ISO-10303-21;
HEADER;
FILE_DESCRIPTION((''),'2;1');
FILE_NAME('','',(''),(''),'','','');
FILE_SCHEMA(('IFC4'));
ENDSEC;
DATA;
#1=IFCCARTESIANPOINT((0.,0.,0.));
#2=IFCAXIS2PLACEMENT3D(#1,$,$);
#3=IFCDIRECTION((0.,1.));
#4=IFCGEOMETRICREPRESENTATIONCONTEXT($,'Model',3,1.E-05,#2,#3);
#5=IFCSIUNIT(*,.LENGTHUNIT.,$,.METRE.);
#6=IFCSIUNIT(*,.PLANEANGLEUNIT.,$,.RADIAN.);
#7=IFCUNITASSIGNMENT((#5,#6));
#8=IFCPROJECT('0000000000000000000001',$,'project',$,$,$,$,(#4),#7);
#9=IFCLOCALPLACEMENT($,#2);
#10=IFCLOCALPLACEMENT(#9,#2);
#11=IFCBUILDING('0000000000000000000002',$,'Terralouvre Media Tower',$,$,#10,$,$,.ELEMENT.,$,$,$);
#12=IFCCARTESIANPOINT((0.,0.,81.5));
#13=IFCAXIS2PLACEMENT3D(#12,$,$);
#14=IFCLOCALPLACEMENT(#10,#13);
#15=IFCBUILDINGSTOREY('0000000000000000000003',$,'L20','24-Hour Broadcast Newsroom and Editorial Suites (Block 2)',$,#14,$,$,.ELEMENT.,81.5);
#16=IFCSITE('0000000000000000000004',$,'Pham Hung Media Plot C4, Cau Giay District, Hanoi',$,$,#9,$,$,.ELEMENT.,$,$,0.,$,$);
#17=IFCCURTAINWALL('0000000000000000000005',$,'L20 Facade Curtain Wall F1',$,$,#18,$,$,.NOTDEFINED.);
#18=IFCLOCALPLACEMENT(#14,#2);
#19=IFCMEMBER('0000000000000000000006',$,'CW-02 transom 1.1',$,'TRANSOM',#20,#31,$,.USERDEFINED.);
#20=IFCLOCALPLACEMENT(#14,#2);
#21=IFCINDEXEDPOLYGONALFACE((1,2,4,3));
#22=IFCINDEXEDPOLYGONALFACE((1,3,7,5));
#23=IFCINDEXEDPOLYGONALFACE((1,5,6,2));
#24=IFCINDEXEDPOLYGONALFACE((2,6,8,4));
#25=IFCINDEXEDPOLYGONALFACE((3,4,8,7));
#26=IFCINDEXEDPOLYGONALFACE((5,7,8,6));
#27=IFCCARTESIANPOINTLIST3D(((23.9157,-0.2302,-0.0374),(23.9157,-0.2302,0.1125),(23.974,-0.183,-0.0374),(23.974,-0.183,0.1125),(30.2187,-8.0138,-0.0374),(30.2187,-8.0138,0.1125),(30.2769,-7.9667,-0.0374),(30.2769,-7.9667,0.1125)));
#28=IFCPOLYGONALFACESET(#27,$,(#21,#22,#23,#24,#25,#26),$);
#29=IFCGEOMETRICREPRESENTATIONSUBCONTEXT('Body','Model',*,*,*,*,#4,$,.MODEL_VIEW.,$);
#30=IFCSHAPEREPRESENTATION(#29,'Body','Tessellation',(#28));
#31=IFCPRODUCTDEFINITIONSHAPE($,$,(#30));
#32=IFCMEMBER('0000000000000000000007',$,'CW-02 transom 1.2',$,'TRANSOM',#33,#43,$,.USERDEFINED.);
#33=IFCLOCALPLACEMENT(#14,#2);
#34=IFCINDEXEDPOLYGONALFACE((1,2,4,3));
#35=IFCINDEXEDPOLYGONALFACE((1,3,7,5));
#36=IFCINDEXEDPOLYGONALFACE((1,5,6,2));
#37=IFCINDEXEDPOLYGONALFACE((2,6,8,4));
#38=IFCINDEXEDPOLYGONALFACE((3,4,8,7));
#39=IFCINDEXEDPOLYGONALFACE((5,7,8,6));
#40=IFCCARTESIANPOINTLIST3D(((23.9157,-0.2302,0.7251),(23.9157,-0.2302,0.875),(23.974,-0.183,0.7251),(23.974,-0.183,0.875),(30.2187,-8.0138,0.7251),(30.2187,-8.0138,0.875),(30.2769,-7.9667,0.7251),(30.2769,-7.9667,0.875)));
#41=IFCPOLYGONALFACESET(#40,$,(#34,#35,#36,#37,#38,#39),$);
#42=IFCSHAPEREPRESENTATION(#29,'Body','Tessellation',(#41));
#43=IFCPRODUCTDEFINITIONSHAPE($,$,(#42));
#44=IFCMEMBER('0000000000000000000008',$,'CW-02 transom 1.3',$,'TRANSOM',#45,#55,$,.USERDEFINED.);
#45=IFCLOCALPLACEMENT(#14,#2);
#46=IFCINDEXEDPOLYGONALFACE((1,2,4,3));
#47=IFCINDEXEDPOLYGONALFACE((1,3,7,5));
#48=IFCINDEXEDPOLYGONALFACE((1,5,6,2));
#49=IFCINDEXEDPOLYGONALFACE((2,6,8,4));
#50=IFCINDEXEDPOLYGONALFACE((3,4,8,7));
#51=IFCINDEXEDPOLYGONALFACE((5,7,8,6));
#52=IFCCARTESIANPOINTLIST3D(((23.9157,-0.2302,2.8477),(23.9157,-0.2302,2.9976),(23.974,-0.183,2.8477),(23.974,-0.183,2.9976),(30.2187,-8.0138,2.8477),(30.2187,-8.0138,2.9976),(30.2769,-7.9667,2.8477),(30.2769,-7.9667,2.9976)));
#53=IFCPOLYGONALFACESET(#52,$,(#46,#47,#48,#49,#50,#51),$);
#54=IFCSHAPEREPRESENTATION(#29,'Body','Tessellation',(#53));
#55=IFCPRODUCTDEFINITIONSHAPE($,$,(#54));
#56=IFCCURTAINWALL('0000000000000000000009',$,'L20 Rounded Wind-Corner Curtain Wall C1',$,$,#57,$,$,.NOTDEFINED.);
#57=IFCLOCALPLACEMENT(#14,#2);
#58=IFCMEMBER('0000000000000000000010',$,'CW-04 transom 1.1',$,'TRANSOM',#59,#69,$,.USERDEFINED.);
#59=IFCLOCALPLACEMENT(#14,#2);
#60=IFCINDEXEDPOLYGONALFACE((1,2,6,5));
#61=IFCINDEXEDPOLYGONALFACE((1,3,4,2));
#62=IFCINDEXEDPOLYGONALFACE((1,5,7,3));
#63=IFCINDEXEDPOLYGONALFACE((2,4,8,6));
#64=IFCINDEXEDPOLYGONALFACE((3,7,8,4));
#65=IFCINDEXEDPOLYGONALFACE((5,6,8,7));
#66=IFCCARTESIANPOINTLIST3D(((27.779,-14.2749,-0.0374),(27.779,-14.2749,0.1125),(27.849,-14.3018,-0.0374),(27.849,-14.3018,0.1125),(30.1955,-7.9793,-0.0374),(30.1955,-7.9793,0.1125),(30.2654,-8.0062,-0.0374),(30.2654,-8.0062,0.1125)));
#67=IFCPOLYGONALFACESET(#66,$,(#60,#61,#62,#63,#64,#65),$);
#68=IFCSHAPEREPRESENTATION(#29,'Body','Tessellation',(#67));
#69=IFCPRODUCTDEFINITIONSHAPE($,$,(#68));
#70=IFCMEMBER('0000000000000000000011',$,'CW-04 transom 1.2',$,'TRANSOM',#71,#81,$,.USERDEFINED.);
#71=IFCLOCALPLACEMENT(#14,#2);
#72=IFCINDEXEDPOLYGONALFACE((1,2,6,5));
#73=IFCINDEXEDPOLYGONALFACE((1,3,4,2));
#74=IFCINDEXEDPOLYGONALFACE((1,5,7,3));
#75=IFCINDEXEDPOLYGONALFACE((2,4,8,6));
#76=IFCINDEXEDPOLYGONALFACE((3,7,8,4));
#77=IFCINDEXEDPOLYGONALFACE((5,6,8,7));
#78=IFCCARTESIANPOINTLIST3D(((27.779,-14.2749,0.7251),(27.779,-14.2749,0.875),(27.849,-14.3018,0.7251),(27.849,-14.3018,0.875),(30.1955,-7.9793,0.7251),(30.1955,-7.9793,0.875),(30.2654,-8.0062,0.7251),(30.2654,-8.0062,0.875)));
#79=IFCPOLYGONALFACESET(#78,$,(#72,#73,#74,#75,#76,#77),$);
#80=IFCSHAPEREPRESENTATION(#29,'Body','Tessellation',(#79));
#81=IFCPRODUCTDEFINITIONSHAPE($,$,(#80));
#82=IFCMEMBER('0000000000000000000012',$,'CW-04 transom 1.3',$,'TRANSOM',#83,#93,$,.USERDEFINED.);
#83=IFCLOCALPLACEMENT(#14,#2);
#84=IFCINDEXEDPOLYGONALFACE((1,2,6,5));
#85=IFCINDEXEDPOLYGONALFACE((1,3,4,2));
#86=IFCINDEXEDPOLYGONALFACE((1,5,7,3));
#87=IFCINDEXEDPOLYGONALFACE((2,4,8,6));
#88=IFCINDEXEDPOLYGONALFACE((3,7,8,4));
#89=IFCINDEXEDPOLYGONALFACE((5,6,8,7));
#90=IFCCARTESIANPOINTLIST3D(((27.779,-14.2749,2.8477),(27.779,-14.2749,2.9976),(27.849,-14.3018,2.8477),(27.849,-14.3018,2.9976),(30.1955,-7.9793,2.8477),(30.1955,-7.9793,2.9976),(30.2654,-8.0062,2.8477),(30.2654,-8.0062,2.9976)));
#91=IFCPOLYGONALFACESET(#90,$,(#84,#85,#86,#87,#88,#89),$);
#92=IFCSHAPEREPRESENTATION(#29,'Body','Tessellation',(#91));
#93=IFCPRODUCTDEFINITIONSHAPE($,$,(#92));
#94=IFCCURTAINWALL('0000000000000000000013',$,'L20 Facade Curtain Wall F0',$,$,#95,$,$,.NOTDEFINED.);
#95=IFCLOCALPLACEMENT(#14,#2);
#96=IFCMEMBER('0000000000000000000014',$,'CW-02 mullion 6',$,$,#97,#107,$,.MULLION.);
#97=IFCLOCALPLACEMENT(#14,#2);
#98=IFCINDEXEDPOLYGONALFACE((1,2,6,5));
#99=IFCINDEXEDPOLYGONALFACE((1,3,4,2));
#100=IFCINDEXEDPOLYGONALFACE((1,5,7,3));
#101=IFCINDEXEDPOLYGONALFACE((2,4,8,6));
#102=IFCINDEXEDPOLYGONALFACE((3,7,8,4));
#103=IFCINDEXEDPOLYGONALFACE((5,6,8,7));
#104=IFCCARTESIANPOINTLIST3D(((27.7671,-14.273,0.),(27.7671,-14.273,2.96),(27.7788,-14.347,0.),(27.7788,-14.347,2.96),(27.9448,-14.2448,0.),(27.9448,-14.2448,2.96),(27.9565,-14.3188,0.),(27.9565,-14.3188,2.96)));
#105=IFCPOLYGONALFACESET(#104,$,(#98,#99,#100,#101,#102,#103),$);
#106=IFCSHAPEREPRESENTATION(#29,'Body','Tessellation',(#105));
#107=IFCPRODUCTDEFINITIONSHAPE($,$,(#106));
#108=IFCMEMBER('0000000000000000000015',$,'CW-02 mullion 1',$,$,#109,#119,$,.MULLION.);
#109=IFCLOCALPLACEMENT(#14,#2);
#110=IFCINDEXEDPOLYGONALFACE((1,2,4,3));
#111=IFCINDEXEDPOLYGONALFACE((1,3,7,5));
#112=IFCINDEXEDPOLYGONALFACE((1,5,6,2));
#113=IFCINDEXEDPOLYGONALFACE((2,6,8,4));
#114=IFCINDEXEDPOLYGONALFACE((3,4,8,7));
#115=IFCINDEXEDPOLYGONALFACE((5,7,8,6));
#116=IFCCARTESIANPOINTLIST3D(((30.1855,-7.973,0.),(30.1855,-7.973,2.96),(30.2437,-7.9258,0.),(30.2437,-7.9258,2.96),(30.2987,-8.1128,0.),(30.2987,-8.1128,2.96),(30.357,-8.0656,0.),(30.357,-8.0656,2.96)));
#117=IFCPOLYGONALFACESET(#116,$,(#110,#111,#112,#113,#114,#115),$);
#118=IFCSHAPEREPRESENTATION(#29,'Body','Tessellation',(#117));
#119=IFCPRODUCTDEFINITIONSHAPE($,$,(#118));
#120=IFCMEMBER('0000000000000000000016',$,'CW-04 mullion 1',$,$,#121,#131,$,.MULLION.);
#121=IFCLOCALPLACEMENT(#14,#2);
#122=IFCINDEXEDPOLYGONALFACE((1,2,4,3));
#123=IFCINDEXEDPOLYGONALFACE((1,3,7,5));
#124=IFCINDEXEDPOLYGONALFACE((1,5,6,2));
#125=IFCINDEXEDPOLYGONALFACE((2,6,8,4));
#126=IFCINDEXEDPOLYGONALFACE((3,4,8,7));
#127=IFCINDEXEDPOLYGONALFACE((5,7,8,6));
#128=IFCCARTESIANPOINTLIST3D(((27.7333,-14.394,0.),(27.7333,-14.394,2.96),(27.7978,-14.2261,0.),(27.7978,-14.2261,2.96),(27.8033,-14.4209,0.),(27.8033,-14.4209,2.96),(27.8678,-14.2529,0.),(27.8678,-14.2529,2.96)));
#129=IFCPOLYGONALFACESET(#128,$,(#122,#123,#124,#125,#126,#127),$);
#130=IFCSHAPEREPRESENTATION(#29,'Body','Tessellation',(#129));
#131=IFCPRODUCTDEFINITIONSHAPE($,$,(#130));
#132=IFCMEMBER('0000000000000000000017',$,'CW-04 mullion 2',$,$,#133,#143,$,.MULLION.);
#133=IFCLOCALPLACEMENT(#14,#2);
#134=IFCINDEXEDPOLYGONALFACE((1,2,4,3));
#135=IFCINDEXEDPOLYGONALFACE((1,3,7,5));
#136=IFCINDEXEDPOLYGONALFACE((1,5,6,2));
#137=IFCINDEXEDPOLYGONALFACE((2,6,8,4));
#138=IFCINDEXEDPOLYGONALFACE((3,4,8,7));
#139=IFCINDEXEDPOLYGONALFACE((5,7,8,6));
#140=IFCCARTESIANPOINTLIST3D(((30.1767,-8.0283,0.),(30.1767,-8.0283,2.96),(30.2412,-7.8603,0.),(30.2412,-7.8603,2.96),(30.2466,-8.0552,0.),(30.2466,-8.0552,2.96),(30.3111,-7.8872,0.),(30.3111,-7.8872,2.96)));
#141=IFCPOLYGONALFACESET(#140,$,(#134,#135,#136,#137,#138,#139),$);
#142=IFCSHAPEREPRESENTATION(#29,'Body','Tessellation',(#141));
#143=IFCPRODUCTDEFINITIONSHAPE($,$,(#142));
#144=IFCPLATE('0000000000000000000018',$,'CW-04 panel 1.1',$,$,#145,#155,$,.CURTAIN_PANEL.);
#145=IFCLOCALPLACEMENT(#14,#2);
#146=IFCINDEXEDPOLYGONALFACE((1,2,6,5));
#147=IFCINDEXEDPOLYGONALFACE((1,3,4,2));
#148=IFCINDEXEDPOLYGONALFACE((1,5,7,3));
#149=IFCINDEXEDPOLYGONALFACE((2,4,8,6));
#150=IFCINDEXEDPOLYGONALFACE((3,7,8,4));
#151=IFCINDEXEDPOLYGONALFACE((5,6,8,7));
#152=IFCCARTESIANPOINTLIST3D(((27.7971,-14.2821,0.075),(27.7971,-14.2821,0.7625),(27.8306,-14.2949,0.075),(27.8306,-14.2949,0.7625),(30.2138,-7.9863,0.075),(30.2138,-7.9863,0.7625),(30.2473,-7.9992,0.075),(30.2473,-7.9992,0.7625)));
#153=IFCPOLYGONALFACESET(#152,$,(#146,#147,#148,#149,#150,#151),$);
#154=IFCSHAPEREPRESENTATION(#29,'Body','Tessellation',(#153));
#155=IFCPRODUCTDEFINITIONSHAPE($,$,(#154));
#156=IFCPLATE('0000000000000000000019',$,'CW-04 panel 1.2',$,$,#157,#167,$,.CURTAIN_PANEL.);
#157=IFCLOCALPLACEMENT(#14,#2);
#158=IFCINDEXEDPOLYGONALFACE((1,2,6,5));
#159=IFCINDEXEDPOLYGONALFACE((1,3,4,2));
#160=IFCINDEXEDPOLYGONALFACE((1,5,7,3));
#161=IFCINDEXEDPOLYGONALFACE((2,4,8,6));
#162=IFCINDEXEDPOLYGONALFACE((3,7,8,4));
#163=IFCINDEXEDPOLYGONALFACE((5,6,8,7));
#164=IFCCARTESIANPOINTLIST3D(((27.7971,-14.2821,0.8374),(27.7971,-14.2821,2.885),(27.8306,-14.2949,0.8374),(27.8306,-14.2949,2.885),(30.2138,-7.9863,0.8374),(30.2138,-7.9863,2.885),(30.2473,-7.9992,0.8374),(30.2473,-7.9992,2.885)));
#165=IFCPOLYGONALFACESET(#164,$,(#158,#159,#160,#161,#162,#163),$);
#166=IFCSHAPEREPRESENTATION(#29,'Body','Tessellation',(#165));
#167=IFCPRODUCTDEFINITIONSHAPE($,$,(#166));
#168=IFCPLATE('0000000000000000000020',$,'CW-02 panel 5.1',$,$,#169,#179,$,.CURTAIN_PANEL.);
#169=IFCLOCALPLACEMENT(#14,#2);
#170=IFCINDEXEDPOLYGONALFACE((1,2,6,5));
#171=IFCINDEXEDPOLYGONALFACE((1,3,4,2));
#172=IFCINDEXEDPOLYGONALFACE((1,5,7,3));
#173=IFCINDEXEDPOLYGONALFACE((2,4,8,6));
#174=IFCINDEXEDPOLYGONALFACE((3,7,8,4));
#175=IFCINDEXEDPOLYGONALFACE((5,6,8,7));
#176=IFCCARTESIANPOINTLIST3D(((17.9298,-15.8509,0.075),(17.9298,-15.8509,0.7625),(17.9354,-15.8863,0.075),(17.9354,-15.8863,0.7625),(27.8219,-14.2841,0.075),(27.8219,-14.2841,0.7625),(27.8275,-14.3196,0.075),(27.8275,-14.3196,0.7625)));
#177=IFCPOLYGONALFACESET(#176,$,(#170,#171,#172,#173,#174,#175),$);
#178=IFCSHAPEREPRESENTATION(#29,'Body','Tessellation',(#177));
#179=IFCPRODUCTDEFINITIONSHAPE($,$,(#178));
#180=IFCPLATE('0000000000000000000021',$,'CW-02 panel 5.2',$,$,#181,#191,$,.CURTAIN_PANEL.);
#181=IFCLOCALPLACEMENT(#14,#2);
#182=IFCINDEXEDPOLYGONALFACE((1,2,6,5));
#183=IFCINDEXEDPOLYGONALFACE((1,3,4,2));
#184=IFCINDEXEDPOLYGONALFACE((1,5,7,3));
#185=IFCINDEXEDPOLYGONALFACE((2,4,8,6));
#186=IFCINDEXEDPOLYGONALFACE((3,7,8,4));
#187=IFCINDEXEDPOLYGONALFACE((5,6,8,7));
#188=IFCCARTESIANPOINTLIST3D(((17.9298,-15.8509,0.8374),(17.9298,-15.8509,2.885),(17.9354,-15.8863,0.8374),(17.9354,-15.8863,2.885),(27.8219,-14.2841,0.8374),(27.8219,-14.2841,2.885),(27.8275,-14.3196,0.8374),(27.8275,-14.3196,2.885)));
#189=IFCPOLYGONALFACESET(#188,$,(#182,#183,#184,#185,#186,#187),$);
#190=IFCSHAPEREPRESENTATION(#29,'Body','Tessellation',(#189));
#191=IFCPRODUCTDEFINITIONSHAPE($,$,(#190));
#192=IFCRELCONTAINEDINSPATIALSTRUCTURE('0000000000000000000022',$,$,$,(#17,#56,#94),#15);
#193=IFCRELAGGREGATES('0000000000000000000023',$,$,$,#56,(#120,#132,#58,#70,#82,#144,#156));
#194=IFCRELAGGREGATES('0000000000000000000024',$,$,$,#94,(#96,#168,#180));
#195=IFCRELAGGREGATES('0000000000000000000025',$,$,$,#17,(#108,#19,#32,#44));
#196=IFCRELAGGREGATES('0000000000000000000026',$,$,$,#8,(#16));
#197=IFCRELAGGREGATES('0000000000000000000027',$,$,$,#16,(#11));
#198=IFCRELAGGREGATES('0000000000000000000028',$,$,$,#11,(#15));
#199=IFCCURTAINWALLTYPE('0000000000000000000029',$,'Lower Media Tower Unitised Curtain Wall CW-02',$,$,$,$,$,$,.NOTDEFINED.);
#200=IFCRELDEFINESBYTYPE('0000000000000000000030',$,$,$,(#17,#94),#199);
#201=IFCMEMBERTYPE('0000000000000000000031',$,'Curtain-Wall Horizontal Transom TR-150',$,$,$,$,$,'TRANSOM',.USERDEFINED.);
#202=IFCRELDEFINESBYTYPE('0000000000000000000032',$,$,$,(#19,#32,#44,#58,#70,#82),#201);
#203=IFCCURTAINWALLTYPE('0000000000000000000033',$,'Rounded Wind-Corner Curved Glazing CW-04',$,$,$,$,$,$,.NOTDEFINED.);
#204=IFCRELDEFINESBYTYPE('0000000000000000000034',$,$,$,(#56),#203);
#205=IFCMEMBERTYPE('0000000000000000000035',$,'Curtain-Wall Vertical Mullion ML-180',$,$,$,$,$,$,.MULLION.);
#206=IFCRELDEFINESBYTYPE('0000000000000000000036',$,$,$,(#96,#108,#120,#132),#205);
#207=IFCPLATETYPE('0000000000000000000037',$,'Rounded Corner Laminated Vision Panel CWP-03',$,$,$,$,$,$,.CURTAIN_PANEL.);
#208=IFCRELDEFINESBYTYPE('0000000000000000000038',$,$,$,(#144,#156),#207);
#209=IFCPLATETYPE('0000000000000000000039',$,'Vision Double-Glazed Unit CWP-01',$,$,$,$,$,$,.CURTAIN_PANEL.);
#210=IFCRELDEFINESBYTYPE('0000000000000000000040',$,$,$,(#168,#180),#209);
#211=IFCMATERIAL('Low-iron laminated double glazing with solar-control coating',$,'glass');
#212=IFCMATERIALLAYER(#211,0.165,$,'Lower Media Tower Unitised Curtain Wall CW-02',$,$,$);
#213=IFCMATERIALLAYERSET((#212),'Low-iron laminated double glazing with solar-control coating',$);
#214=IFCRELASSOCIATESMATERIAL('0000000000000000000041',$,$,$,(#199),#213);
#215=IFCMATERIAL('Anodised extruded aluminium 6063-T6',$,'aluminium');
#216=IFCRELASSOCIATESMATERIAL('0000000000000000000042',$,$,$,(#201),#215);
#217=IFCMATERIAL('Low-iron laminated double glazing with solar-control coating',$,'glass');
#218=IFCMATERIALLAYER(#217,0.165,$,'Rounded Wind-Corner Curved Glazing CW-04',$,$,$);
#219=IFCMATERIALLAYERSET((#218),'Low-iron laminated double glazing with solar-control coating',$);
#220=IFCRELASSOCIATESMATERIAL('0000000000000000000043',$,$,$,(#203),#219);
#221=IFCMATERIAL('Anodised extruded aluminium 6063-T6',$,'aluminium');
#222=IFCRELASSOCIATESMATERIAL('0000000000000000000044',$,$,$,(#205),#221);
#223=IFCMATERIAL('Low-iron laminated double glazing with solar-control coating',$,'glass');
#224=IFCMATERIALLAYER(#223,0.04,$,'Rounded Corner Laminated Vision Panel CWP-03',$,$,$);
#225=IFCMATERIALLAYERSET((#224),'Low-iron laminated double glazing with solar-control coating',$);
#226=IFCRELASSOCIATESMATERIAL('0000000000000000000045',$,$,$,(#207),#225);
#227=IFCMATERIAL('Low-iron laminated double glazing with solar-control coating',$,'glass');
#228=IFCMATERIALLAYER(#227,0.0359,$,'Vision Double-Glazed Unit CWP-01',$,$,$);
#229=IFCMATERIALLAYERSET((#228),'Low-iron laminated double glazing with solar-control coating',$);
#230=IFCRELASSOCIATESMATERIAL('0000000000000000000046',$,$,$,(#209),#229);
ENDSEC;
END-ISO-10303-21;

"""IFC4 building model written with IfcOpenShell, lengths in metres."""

from ifc_helpers import new_model, si_unit, direction, frame, origin, origin_2d, place, context, subcontext, project, spatial, rectangle, extrude, material, layer, layer_set, material_profile, profile_set, type_object, element, aggregate, save


model = new_model("IFC4")

# Units and contexts
model_context = context("Model", 3, precision=1e-05, world=origin(), true_north=direction((0.0, 1.0)))
body_context = subcontext(model_context, "Body", "Model", "MODEL_VIEW")
ifc_project = project(units=[si_unit("LENGTHUNIT", "METRE"), si_unit("PLANEANGLEUNIT", "RADIAN")], contexts=[model_context])

# Site, building, storey
site_placement = place(None, origin())
site = spatial("IfcSite", under=ifc_project, at=site_placement, Name="Pham Hung Media Plot C4, Cau Giay District, Hanoi", CompositionType="ELEMENT", RefElevation=0.0)
building_placement = place(site_placement, origin())
building = spatial("IfcBuilding", under=site, at=building_placement, Name="Terralouvre Media Tower", CompositionType="ELEMENT")
storey_placement = place(building_placement, frame((0.0, 0.0, 81.5)))
storey = spatial("IfcBuildingStorey", under=building, at=storey_placement, Name="L20", Description="24-Hour Broadcast Newsroom and Editorial Suites (Block 2)", CompositionType="ELEMENT", Elevation=81.5)

# Curtain walls, members
ifc_material_1 = material(Name="Low-iron laminated double glazing with solar-control coating", Category="glass")
ifc_layer_1 = layer(ifc_material_1, 0.165, Name="Lower Media Tower Unitised Curtain Wall CW-02")
ifc_layer_set_1 = layer_set([ifc_layer_1], Name="Low-iron laminated double glazing with solar-control coating")
curtain_wall_type_1 = type_object("IfcCurtainWallType", Name="Lower Media Tower Unitised Curtain Wall CW-02", PredefinedType="NOTDEFINED", material=ifc_layer_set_1)
curtain_wall_1_placement = place(storey_placement, origin())
curtain_wall_1 = element("IfcCurtainWall", 1, at=curtain_wall_1_placement, inside=storey, type_object=curtain_wall_type_1, Name="L20 Facade Curtain Wall F1", PredefinedType="NOTDEFINED")
ifc_material_2 = material(Name="Anodised extruded aluminium 6063-T6", Category="aluminium")
ifc_material_profile_1 = material_profile(ifc_material_2, rectangle(XDim=0.075, YDim=0.1499, at=origin_2d()), Name="ALU 75x150")
ifc_profile_set_1 = profile_set([ifc_material_profile_1], Name="Anodised extruded aluminium 6063-T6")
member_type_1 = type_object("IfcMemberType", Name="Curtain-Wall Horizontal Transom TR-150", ElementType="TRANSOM", PredefinedType="USERDEFINED", material=ifc_profile_set_1)
member_1_placement = place(storey_placement, frame((30.2478, -7.9902, 0.0376), z_axis=(-0.629313, 0.777152, 0.0), x_axis=(-0.777152, -0.629313, 0.0)))
member_1 = element("IfcMember", 2, at=member_1_placement, type_object=member_type_1, Name="CW-02 transom 1.1", ObjectType="TRANSOM", PredefinedType="USERDEFINED", context=body_context, shape_type="SweptSolid", body=[
    extrude(rectangle(XDim=0.075, YDim=0.1499, at=origin_2d()), origin(), (0.0, 0.0, 1.0), 10.0156),
])
member_2_placement = place(storey_placement, frame((30.2478, -7.9902, 0.8), z_axis=(-0.629313, 0.777152, 0.0), x_axis=(-0.777152, -0.629313, 0.0)))
member_2 = element("IfcMember", 3, at=member_2_placement, type_object=member_type_1, Name="CW-02 transom 1.2", ObjectType="TRANSOM", PredefinedType="USERDEFINED", context=body_context, shape_type="SweptSolid", body=[
    extrude(rectangle(XDim=0.075, YDim=0.1499, at=origin_2d()), origin(), (0.0, 0.0, 1.0), 10.0156),
])
member_3_placement = place(storey_placement, frame((30.2478, -7.9902, 2.9226), z_axis=(-0.629313, 0.777152, 0.0), x_axis=(-0.777152, -0.629313, 0.0)))
member_3 = element("IfcMember", 4, at=member_3_placement, type_object=member_type_1, Name="CW-02 transom 1.3", ObjectType="TRANSOM", PredefinedType="USERDEFINED", context=body_context, shape_type="SweptSolid", body=[
    extrude(rectangle(XDim=0.075, YDim=0.1499, at=origin_2d()), origin(), (0.0, 0.0, 1.0), 10.0156),
])
ifc_material_3 = material(Name="Low-iron laminated double glazing with solar-control coating", Category="glass")
ifc_layer_2 = layer(ifc_material_3, 0.165, Name="Rounded Wind-Corner Curved Glazing CW-04")
ifc_layer_set_2 = layer_set([ifc_layer_2], Name="Low-iron laminated double glazing with solar-control coating")
curtain_wall_type_2 = type_object("IfcCurtainWallType", Name="Rounded Wind-Corner Curved Glazing CW-04", PredefinedType="NOTDEFINED", material=ifc_layer_set_2)
curtain_wall_2_placement = place(storey_placement, origin())
curtain_wall_2 = element("IfcCurtainWall", 5, at=curtain_wall_2_placement, inside=storey, type_object=curtain_wall_type_2, Name="L20 Rounded Wind-Corner Curtain Wall C1", PredefinedType="NOTDEFINED")
member_4_placement = place(storey_placement, frame((27.814, -14.2883, 0.0376), z_axis=(0.358346, 0.933589, 0.0), x_axis=(-0.933589, 0.358346, 0.0)))
member_4 = element("IfcMember", 6, at=member_4_placement, type_object=member_type_1, Name="CW-04 transom 1.1", ObjectType="TRANSOM", PredefinedType="USERDEFINED", context=body_context, shape_type="SweptSolid", body=[
    extrude(rectangle(XDim=0.075, YDim=0.1499, at=origin_2d()), origin(), (0.0, 0.0, 1.0), 6.7434),
])
member_5_placement = place(storey_placement, frame((27.814, -14.2883, 0.8), z_axis=(0.358346, 0.933589, 0.0), x_axis=(-0.933589, 0.358346, 0.0)))
member_5 = element("IfcMember", 7, at=member_5_placement, type_object=member_type_1, Name="CW-04 transom 1.2", ObjectType="TRANSOM", PredefinedType="USERDEFINED", context=body_context, shape_type="SweptSolid", body=[
    extrude(rectangle(XDim=0.075, YDim=0.1499, at=origin_2d()), origin(), (0.0, 0.0, 1.0), 6.7434),
])
member_6_placement = place(storey_placement, frame((27.814, -14.2883, 2.9226), z_axis=(0.358346, 0.933589, 0.0), x_axis=(-0.933589, 0.358346, 0.0)))
member_6 = element("IfcMember", 8, at=member_6_placement, type_object=member_type_1, Name="CW-04 transom 1.3", ObjectType="TRANSOM", PredefinedType="USERDEFINED", context=body_context, shape_type="SweptSolid", body=[
    extrude(rectangle(XDim=0.075, YDim=0.1499, at=origin_2d()), origin(), (0.0, 0.0, 1.0), 6.7434),
])

# Curtain wall, member
curtain_wall_3_placement = place(storey_placement, origin())
curtain_wall_3 = element("IfcCurtainWall", 9, at=curtain_wall_3_placement, inside=storey, type_object=curtain_wall_type_1, Name="L20 Facade Curtain Wall F0", PredefinedType="NOTDEFINED")
ifc_material_4 = material(Name="Anodised extruded aluminium 6063-T6", Category="aluminium")
ifc_material_profile_2 = material_profile(ifc_material_4, rectangle(XDim=0.075, YDim=0.1799, at=origin_2d()), Name="ALU 75x180")
ifc_profile_set_2 = profile_set([ifc_material_profile_2], Name="Anodised extruded aluminium 6063-T6")
member_type_2 = type_object("IfcMemberType", Name="Curtain-Wall Vertical Mullion ML-180", PredefinedType="MULLION", material=ifc_profile_set_2)
member_7_placement = place(storey_placement, frame((27.8618, -14.2959, 0.0), z_axis=(0.0, 0.0, 1.0), x_axis=(-0.156434, 0.987688, 0.0)))
member_7 = element("IfcMember", 10, at=member_7_placement, type_object=member_type_2, Name="CW-02 mullion 6", PredefinedType="MULLION", context=body_context, shape_type="SweptSolid", body=[
    extrude(rectangle(XDim=0.075, YDim=0.1799, at=origin_2d()), origin(), (0.0, 0.0, 1.0), 2.96),
])

# Members
member_8_placement = place(storey_placement, frame((30.2712, -8.0193, 0.0), z_axis=(0.0, 0.0, 1.0), x_axis=(-0.777146, -0.62932, 0.0)))
member_8 = element("IfcMember", 11, at=member_8_placement, type_object=member_type_2, Name="CW-02 mullion 1", PredefinedType="MULLION", context=body_context, shape_type="SweptSolid", body=[
    extrude(rectangle(XDim=0.075, YDim=0.1799, at=origin_2d()), origin(), (0.0, 0.0, 1.0), 2.96),
])
member_9_placement = place(storey_placement, frame((27.8005, -14.3235, 0.0), z_axis=(0.0, 0.0, 1.0), x_axis=(-0.933581, 0.358367, 0.0)))
member_9 = element("IfcMember", 12, at=member_9_placement, type_object=member_type_2, Name="CW-04 mullion 1", PredefinedType="MULLION", context=body_context, shape_type="SweptSolid", body=[
    extrude(rectangle(XDim=0.075, YDim=0.1799, at=origin_2d()), origin(), (0.0, 0.0, 1.0), 2.96),
])
member_10_placement = place(storey_placement, frame((30.2439, -7.9578, 0.0), z_axis=(0.0, 0.0, 1.0), x_axis=(-0.933581, 0.358367, 0.0)))
member_10 = element("IfcMember", 13, at=member_10_placement, type_object=member_type_2, Name="CW-04 mullion 2", PredefinedType="MULLION", context=body_context, shape_type="SweptSolid", body=[
    extrude(rectangle(XDim=0.075, YDim=0.1799, at=origin_2d()), origin(), (0.0, 0.0, 1.0), 2.96),
])

# Plates
ifc_material_5 = material(Name="Low-iron laminated double glazing with solar-control coating", Category="glass")
ifc_layer_3 = layer(ifc_material_5, 0.04, Name="Rounded Corner Laminated Vision Panel CWP-03")
ifc_layer_set_3 = layer_set([ifc_layer_3], Name="Low-iron laminated double glazing with solar-control coating")
plate_type_1 = type_object("IfcPlateType", Name="Rounded Corner Laminated Vision Panel CWP-03", PredefinedType="CURTAIN_PANEL", material=ifc_layer_set_3)
plate_1_placement = place(storey_placement, frame((29.0222, -11.1406, 0.075), z_axis=(0.0, 0.0, 1.0), x_axis=(0.358367, 0.933581, 0.0)))
plate_1 = element("IfcPlate", 14, at=plate_1_placement, type_object=plate_type_1, Name="CW-04 panel 1.1", PredefinedType="CURTAIN_PANEL", context=body_context, shape_type="SweptSolid", body=[
    extrude(rectangle(XDim=6.7437, YDim=0.0359, at=origin_2d()), origin(), (0.0, 0.0, 1.0), 0.6875),
])
plate_2_placement = place(storey_placement, frame((29.0222, -11.1406, 0.8374), z_axis=(0.0, 0.0, 1.0), x_axis=(0.358367, 0.933581, 0.0)))
plate_2 = element("IfcPlate", 15, at=plate_2_placement, type_object=plate_type_1, Name="CW-04 panel 1.2", PredefinedType="CURTAIN_PANEL", context=body_context, shape_type="SweptSolid", body=[
    extrude(rectangle(XDim=6.7437, YDim=0.0359, at=origin_2d()), origin(), (0.0, 0.0, 1.0), 2.0476),
])
aggregate(curtain_wall_2, [member_9, member_10, member_4, member_5, member_6, plate_1, plate_2])
ifc_material_6 = material(Name="Low-iron laminated double glazing with solar-control coating", Category="glass")
ifc_layer_4 = layer(ifc_material_6, 0.0359, Name="Vision Double-Glazed Unit CWP-01")
ifc_layer_set_4 = layer_set([ifc_layer_4], Name="Low-iron laminated double glazing with solar-control coating")
plate_type_2 = type_object("IfcPlateType", Name="Vision Double-Glazed Unit CWP-01", PredefinedType="CURTAIN_PANEL", material=ifc_layer_set_4)
plate_3_placement = place(storey_placement, frame((22.8787, -15.0852, 0.075), z_axis=(0.0, 0.0, 1.0), x_axis=(0.987688, 0.156434, 0.0)))
plate_3 = element("IfcPlate", 16, at=plate_3_placement, type_object=plate_type_2, Name="CW-02 panel 5.1", PredefinedType="CURTAIN_PANEL", context=body_context, shape_type="SweptSolid", body=[
    extrude(rectangle(XDim=10.0154, YDim=0.0359, at=origin_2d()), origin(), (0.0, 0.0, 1.0), 0.6875),
])
plate_4_placement = place(storey_placement, frame((22.8787, -15.0852, 0.8374), z_axis=(0.0, 0.0, 1.0), x_axis=(0.987688, 0.156434, 0.0)))
plate_4 = element("IfcPlate", 17, at=plate_4_placement, type_object=plate_type_2, Name="CW-02 panel 5.2", PredefinedType="CURTAIN_PANEL", context=body_context, shape_type="SweptSolid", body=[
    extrude(rectangle(XDim=10.0154, YDim=0.0359, at=origin_2d()), origin(), (0.0, 0.0, 1.0), 2.0476),
])
aggregate(curtain_wall_3, [member_7, plate_3, plate_4])
aggregate(curtain_wall_1, [member_8, member_1, member_2, member_3])

save(model, "model.ifc")
